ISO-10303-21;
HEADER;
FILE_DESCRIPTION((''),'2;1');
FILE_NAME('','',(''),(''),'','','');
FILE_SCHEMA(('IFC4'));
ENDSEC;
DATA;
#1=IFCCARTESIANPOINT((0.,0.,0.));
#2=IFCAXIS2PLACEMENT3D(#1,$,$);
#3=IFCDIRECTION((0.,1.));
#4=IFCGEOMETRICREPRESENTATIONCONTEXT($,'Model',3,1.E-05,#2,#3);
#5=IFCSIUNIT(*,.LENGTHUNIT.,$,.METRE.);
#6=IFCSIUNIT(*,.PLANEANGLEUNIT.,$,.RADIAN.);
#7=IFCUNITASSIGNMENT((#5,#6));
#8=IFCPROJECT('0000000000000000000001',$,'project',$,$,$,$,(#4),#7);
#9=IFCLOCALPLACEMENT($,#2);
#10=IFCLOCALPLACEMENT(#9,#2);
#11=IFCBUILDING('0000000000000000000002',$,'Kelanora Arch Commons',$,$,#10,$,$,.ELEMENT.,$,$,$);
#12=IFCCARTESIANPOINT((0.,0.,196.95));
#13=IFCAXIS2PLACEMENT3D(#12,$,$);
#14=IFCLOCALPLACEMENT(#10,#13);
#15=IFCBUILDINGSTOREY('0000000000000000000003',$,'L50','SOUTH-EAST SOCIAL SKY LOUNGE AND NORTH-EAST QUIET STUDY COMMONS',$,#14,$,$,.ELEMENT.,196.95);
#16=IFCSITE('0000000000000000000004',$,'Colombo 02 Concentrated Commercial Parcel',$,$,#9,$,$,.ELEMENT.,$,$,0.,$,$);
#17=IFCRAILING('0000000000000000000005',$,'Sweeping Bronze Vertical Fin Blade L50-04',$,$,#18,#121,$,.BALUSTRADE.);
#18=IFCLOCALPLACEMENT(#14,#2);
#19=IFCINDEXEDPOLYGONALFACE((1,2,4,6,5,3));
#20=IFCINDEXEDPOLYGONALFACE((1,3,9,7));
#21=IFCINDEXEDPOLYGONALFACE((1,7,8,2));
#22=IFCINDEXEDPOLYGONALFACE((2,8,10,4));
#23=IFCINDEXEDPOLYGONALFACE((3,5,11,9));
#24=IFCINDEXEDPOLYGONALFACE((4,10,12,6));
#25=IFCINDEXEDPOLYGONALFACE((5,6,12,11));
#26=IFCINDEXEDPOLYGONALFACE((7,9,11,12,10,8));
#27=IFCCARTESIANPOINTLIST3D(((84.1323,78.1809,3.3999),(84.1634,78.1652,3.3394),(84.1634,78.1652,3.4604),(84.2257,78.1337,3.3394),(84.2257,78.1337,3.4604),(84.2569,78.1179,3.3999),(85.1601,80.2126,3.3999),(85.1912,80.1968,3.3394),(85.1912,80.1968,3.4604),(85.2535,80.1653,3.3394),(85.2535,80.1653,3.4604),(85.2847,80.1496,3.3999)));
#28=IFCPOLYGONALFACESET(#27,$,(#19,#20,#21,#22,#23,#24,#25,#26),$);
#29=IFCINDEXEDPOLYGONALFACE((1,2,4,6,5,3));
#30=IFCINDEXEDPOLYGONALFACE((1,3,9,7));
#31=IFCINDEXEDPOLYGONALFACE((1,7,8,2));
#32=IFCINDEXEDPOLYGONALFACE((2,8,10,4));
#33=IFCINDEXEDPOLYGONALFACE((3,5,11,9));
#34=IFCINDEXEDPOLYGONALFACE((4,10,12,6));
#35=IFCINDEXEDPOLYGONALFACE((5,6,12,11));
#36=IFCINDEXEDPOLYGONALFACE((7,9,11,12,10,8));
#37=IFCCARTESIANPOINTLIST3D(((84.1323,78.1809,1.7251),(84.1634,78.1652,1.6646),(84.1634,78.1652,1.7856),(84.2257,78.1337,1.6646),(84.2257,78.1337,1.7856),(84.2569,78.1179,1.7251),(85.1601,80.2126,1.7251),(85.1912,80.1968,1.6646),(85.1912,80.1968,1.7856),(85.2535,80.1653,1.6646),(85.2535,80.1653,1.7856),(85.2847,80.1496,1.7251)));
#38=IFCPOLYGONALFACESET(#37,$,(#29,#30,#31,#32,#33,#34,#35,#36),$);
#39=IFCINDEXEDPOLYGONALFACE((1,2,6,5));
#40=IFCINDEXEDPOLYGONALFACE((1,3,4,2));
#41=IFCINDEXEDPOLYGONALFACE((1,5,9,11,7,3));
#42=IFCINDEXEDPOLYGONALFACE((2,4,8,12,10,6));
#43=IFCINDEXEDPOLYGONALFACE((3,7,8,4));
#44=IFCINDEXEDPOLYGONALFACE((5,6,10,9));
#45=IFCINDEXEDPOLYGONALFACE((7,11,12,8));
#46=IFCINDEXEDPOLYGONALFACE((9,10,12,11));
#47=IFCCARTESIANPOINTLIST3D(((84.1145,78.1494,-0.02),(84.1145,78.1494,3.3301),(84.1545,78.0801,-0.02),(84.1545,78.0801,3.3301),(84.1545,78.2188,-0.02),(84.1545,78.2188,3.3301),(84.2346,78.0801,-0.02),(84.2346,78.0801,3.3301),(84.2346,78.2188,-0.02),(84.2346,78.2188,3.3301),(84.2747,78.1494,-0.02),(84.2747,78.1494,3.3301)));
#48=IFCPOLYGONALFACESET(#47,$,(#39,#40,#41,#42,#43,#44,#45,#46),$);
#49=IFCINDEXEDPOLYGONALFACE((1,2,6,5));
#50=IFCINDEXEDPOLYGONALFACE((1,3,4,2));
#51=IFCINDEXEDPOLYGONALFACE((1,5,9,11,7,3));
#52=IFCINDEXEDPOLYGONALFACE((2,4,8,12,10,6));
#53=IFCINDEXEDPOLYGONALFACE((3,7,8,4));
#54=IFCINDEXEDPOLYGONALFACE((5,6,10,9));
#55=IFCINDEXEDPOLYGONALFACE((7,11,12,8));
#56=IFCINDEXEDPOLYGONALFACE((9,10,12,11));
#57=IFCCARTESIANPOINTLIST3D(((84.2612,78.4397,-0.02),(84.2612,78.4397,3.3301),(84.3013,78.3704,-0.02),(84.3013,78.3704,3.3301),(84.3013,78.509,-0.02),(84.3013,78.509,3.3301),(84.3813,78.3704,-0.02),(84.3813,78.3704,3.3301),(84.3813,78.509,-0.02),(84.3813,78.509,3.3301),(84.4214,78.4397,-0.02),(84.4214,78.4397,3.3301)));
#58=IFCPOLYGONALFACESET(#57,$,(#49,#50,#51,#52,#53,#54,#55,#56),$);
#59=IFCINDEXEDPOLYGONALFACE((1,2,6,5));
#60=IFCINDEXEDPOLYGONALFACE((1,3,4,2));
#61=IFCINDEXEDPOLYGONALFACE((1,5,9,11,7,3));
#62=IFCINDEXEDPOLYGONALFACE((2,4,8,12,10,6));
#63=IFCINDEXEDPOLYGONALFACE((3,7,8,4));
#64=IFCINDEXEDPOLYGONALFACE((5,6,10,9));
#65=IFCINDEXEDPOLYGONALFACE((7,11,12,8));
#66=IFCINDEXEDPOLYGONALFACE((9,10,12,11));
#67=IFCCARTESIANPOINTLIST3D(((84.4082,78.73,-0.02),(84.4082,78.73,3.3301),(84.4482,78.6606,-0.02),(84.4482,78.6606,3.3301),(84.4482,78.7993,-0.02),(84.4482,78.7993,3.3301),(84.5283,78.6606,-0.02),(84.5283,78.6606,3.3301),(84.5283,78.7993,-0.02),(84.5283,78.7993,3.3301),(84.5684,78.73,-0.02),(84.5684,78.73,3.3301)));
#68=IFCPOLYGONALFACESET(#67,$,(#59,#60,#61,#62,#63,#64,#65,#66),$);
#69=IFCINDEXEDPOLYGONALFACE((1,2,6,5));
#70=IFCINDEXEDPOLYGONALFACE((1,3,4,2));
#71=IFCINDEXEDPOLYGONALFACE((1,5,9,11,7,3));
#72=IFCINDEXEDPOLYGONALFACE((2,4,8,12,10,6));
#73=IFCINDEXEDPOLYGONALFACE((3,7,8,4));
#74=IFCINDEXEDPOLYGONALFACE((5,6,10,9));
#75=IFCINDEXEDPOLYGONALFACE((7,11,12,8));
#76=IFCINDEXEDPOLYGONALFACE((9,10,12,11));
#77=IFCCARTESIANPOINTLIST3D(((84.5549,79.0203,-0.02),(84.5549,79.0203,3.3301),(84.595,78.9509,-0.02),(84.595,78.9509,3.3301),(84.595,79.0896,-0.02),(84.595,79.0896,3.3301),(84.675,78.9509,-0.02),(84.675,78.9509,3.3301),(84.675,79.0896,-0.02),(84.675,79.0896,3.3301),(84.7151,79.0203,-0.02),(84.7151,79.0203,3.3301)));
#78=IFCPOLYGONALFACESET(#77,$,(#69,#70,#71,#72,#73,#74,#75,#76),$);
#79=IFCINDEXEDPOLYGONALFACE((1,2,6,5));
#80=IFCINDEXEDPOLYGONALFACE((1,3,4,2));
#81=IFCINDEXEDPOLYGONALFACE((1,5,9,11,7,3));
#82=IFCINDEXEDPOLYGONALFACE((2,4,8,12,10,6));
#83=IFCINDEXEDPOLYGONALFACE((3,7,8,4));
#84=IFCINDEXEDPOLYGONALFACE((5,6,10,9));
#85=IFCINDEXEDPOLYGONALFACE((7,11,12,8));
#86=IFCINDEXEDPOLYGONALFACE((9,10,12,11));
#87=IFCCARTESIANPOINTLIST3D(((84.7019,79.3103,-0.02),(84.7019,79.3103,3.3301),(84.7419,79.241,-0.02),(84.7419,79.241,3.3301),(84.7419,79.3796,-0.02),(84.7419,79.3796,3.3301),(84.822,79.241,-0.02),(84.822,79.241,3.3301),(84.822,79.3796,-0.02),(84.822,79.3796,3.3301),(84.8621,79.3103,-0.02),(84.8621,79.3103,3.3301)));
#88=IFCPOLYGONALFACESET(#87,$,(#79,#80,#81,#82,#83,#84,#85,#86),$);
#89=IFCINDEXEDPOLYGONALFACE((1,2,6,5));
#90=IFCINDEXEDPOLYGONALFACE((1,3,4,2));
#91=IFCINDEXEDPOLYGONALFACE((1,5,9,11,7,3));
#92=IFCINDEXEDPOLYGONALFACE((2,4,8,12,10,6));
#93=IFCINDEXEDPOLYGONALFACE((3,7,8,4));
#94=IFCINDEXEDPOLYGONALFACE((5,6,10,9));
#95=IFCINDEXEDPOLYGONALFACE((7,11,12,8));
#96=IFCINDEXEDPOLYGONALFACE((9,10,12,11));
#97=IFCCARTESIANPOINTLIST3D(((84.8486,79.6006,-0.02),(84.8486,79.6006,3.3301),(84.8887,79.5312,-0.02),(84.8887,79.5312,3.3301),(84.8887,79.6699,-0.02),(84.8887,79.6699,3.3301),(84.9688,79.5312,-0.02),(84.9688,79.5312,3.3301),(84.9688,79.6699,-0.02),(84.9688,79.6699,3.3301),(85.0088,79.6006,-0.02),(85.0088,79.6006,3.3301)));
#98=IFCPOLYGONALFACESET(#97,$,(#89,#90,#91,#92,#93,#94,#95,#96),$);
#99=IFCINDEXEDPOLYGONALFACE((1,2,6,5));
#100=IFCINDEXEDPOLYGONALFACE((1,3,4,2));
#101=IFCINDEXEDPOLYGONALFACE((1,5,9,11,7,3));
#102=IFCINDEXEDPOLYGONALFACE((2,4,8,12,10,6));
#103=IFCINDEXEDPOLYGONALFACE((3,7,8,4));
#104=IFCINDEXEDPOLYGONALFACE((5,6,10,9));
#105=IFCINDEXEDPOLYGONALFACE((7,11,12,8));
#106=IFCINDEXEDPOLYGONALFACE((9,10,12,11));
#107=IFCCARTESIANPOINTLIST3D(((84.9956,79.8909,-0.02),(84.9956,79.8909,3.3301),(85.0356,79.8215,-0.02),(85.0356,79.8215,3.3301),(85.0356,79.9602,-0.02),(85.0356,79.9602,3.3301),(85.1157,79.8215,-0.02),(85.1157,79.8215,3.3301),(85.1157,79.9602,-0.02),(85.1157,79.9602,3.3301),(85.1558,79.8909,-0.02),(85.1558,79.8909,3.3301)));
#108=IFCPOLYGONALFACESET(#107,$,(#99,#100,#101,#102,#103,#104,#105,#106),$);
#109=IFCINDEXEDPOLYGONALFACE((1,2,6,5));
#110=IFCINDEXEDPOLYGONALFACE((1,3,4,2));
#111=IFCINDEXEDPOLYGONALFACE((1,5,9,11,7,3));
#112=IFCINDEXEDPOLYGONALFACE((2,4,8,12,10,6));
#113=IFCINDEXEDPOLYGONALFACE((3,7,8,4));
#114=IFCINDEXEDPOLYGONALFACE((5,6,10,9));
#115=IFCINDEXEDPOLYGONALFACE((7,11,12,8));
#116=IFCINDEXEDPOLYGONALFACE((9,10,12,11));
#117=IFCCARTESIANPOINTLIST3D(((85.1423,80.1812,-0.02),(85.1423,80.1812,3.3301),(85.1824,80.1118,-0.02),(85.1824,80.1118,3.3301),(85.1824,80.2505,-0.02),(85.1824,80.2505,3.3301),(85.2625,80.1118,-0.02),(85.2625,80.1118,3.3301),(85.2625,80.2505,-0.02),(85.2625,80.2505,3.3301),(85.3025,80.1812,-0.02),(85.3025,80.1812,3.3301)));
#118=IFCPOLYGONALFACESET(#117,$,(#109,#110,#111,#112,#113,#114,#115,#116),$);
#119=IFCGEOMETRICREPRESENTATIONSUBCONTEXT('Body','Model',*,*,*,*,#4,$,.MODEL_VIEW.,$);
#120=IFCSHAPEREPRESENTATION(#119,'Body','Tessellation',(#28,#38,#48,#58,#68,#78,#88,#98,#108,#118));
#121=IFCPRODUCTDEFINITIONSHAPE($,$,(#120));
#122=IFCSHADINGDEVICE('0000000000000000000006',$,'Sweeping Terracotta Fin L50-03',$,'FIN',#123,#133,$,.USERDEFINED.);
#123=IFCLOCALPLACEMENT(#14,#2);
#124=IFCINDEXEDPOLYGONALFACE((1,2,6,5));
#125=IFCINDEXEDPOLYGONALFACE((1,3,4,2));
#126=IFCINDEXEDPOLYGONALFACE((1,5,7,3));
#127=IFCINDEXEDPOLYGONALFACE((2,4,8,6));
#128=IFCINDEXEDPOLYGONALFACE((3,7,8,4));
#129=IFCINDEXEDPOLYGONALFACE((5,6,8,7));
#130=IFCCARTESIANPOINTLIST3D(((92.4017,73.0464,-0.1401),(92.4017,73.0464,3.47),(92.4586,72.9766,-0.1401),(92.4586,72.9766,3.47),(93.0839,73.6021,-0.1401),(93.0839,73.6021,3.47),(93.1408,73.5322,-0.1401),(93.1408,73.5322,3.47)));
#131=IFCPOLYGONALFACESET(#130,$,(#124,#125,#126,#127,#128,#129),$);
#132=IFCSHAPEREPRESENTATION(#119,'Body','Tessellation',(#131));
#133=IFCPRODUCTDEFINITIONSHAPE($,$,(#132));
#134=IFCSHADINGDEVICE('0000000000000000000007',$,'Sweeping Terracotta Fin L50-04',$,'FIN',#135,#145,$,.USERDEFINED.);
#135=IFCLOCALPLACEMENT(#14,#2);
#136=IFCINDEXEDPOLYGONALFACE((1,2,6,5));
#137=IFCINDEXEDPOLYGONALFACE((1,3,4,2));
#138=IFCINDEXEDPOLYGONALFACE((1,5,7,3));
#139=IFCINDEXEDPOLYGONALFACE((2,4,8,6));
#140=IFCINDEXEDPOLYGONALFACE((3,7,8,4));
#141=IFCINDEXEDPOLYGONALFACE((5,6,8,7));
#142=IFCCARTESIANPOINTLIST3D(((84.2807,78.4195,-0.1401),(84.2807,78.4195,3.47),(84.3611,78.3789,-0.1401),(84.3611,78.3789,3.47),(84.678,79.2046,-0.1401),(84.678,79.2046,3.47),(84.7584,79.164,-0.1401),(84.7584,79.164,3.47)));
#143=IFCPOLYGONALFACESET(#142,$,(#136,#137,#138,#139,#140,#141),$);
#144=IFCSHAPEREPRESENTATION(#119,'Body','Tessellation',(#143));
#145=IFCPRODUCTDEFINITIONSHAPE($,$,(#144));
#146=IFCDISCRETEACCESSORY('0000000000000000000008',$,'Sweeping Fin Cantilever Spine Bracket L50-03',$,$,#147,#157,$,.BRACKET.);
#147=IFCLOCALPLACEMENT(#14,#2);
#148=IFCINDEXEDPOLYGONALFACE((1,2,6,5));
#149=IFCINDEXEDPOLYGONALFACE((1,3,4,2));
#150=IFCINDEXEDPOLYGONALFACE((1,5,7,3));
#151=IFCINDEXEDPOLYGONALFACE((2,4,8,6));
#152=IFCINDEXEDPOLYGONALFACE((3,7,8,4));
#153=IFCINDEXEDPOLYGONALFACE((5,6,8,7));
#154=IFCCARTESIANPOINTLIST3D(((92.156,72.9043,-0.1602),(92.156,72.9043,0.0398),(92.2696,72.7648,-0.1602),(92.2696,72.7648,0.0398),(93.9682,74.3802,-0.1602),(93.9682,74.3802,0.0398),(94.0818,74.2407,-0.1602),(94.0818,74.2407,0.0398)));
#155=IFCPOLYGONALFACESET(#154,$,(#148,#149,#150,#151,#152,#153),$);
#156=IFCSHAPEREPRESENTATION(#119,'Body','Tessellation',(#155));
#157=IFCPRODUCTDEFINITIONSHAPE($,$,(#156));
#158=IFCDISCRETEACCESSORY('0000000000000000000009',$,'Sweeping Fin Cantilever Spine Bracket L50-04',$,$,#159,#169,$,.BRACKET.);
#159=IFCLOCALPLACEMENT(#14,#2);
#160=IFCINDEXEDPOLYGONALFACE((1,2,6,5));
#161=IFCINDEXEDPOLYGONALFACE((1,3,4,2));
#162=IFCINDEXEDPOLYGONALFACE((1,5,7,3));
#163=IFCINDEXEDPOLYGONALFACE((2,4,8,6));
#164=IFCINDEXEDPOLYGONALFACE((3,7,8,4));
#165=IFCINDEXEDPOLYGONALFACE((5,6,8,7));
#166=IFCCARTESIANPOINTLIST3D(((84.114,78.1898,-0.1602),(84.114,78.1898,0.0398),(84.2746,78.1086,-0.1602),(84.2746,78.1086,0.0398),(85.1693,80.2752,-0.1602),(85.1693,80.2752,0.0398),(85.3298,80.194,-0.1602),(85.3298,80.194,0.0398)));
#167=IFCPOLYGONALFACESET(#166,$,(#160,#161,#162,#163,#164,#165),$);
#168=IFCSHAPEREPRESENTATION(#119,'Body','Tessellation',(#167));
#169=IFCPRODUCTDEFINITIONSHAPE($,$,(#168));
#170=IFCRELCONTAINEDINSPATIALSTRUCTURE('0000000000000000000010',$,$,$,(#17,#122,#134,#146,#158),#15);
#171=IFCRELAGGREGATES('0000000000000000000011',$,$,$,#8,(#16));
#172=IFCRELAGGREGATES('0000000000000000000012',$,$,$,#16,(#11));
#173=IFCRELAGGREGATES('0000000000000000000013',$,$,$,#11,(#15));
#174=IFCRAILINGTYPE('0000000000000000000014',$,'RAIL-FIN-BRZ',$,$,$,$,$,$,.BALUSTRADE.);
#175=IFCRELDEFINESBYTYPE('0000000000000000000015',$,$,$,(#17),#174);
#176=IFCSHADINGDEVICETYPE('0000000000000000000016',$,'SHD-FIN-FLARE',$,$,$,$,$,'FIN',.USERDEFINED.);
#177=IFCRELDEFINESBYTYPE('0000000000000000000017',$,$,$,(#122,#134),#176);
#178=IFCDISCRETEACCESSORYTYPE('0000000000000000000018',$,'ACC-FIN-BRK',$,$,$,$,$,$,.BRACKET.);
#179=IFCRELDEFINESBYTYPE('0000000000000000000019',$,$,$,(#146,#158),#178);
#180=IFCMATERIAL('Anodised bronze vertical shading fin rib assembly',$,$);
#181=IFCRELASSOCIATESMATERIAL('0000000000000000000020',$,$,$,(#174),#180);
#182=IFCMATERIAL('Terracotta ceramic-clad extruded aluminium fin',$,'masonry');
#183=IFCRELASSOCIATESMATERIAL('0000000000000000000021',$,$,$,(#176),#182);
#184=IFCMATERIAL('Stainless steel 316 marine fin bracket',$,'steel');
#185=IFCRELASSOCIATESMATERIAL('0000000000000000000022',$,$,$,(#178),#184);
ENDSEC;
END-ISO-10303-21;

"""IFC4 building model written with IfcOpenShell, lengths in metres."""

from ifc_helpers import new_model, si_unit, direction, frame, origin, origin_2d, place, context, subcontext, project, spatial, polyline, rectangle, outline, extrude, source, transform, mapped, material, type_object, element, save


model = new_model("IFC4")

# Units and contexts
model_context = context("Model", 3, precision=1e-05, world=origin(), true_north=direction((0.0, 1.0)))
body_context = subcontext(model_context, "Body", "Model", "MODEL_VIEW")
ifc_project = project(units=[si_unit("LENGTHUNIT", "METRE"), si_unit("PLANEANGLEUNIT", "RADIAN")], contexts=[model_context])

# Site, building, storey
site_placement = place(None, origin())
site = spatial("IfcSite", under=ifc_project, at=site_placement, Name="Colombo 02 Concentrated Commercial Parcel", CompositionType="ELEMENT", RefElevation=0.0)
building_placement = place(site_placement, origin())
building = spatial("IfcBuilding", under=site, at=building_placement, Name="Kelanora Arch Commons", CompositionType="ELEMENT")
storey_placement = place(building_placement, frame((0.0, 0.0, 196.95)))
storey = spatial("IfcBuildingStorey", under=building, at=storey_placement, Name="L50", Description="SOUTH-EAST SOCIAL SKY LOUNGE AND NORTH-EAST QUIET STUDY COMMONS", CompositionType="ELEMENT", Elevation=196.95)

# Railing
ifc_material_1 = material(Name="Anodised bronze vertical shading fin rib assembly")
railing_type = type_object("IfcRailingType", Name="RAIL-FIN-BRZ", PredefinedType="BALUSTRADE", material=ifc_material_1)
railing_1_placement = place(storey_placement, frame((84.1946, 78.1494, -0.02)))
element("IfcRailing", 1, at=railing_1_placement, inside=storey, type_object=railing_type, Name="Sweeping Bronze Vertical Fin Blade L50-04", PredefinedType="BALUSTRADE", context=body_context, shape_type="SweptSolid", body=[
    extrude(outline(polyline([(0.0698, 0.0), (0.0349, 0.0605), (-0.0349, 0.0605), (-0.0698, 0.0), (-0.0349, -0.0605), (0.0349, -0.0605), (0.0698, 0.0)])), frame((0.0, 0.0, 3.4199), z_axis=(0.451412, 0.892316, 0.0), x_axis=(-0.892316, 0.451412, 0.0)), (0.0, 0.0, 1.0), 2.2769),
    extrude(outline(polyline([(0.0698, 0.0), (0.0349, 0.0605), (-0.0349, 0.0605), (-0.0698, 0.0), (-0.0349, -0.0605), (0.0349, -0.0605), (0.0698, 0.0)])), frame((0.0, 0.0, 1.7451), z_axis=(0.451412, 0.892316, 0.0), x_axis=(-0.892316, 0.451412, 0.0)), (0.0, 0.0, 1.0), 2.2769),
    extrude(outline(polyline([(0.0801, 0.0), (0.04, 0.0693), (-0.04, 0.0693), (-0.0801, 0.0), (-0.04, -0.0693), (0.04, -0.0693), (0.0801, 0.0)])), origin(), (0.0, 0.0, 1.0), 3.3501),
    extrude(outline(polyline([(0.0801, 0.0), (0.04, 0.0693), (-0.04, 0.0693), (-0.0801, 0.0), (-0.04, -0.0693), (0.04, -0.0693), (0.0801, 0.0)])), frame((0.1467, 0.2903, 0.0)), (0.0, 0.0, 1.0), 3.3501),
    extrude(outline(polyline([(0.0801, 0.0), (0.04, 0.0693), (-0.04, 0.0693), (-0.0801, 0.0), (-0.04, -0.0693), (0.04, -0.0693), (0.0801, 0.0)])), frame((0.2937, 0.5806, 0.0)), (0.0, 0.0, 1.0), 3.3501),
    extrude(outline(polyline([(0.0801, 0.0), (0.04, 0.0693), (-0.04, 0.0693), (-0.0801, 0.0), (-0.04, -0.0693), (0.04, -0.0693), (0.0801, 0.0)])), frame((0.4404, 0.8708, 0.0)), (0.0, 0.0, 1.0), 3.3501),
    extrude(outline(polyline([(0.0801, 0.0), (0.04, 0.0693), (-0.04, 0.0693), (-0.0801, 0.0), (-0.04, -0.0693), (0.04, -0.0693), (0.0801, 0.0)])), frame((0.5874, 1.1609, 0.0)), (0.0, 0.0, 1.0), 3.3501),
    extrude(outline(polyline([(0.0801, 0.0), (0.04, 0.0693), (-0.04, 0.0693), (-0.0801, 0.0), (-0.04, -0.0693), (0.04, -0.0693), (0.0801, 0.0)])), frame((0.7341, 1.4512, 0.0)), (0.0, 0.0, 1.0), 3.3501),
    extrude(outline(polyline([(0.0801, 0.0), (0.04, 0.0693), (-0.04, 0.0693), (-0.0801, 0.0), (-0.04, -0.0693), (0.04, -0.0693), (0.0801, 0.0)])), frame((0.8811, 1.7415, 0.0)), (0.0, 0.0, 1.0), 3.3501),
    extrude(outline(polyline([(0.0801, 0.0), (0.04, 0.0693), (-0.04, 0.0693), (-0.0801, 0.0), (-0.04, -0.0693), (0.04, -0.0693), (0.0801, 0.0)])), frame((1.0278, 2.0317, 0.0)), (0.0, 0.0, 1.0), 3.3501),
])

# Shading devices
ifc_material_2 = material(Name="Terracotta ceramic-clad extruded aluminium fin", Category="masonry")
shading_device_type = type_object("IfcShadingDeviceType", Name="SHD-FIN-FLARE", ElementType="FIN", PredefinedType="USERDEFINED", material=ifc_material_2)
shared_shape_1 = source(origin(), body_context, "Body", "SweptSolid", [
    extrude(rectangle(XDim=0.8799, YDim=0.0901, at=origin_2d()), origin(), (0.0, 0.0, 1.0), 3.6101),
])
for number, where, z_axis, x_axis, name in (
    (2, (92.7712, 73.2893, -0.1401), (0.0, 0.0, 1.0), (0.775386, 0.631488, 0.0), "Sweeping Terracotta Fin L50-03"),
    (3, (84.5195, 78.7917, -0.1401), (0.0, 0.0, 1.0), (0.451501, 0.892271, 0.0), "Sweeping Terracotta Fin L50-04"),
):
    element("IfcShadingDevice", number, at=place(storey_placement, frame(where, z_axis=z_axis, x_axis=x_axis)), inside=storey, type_object=shading_device_type, Name=name, ObjectType="FIN", PredefinedType="USERDEFINED", context=body_context, shape_type="MappedRepresentation", body=[
        mapped(shared_shape_1, transform((0.0, 0.0, 0.0), scale=1.0)),
    ])

# Discrete accessories
ifc_material_3 = material(Name="Stainless steel 316 marine fin bracket", Category="steel")
discrete_accessory_type = type_object("IfcDiscreteAccessoryType", Name="ACC-FIN-BRK", PredefinedType="BRACKET", material=ifc_material_3)
shared_shape_2 = source(origin(), body_context, "Body", "SweptSolid", [
    extrude(rectangle(XDim=2.3372, YDim=0.1799, at=origin_2d()), origin(), (0.0, 0.0, 1.0), 0.2),
])
for number, where, z_axis, x_axis, name in (
    (4, (93.1189, 73.5725, -0.1602), (0.0, 0.0, 1.0), (0.775386, 0.631488, 0.0), "Sweeping Fin Cantilever Spine Bracket L50-03"),
    (5, (84.7219, 79.1919, -0.1602), (0.0, 0.0, 1.0), (0.451501, 0.892271, 0.0), "Sweeping Fin Cantilever Spine Bracket L50-04"),
):
    element("IfcDiscreteAccessory", number, at=place(storey_placement, frame(where, z_axis=z_axis, x_axis=x_axis)), inside=storey, type_object=discrete_accessory_type, Name=name, PredefinedType="BRACKET", context=body_context, shape_type="MappedRepresentation", body=[
        mapped(shared_shape_2, transform((0.0, 0.0, 0.0), scale=1.0)),
    ])

save(model, "model.ifc")
